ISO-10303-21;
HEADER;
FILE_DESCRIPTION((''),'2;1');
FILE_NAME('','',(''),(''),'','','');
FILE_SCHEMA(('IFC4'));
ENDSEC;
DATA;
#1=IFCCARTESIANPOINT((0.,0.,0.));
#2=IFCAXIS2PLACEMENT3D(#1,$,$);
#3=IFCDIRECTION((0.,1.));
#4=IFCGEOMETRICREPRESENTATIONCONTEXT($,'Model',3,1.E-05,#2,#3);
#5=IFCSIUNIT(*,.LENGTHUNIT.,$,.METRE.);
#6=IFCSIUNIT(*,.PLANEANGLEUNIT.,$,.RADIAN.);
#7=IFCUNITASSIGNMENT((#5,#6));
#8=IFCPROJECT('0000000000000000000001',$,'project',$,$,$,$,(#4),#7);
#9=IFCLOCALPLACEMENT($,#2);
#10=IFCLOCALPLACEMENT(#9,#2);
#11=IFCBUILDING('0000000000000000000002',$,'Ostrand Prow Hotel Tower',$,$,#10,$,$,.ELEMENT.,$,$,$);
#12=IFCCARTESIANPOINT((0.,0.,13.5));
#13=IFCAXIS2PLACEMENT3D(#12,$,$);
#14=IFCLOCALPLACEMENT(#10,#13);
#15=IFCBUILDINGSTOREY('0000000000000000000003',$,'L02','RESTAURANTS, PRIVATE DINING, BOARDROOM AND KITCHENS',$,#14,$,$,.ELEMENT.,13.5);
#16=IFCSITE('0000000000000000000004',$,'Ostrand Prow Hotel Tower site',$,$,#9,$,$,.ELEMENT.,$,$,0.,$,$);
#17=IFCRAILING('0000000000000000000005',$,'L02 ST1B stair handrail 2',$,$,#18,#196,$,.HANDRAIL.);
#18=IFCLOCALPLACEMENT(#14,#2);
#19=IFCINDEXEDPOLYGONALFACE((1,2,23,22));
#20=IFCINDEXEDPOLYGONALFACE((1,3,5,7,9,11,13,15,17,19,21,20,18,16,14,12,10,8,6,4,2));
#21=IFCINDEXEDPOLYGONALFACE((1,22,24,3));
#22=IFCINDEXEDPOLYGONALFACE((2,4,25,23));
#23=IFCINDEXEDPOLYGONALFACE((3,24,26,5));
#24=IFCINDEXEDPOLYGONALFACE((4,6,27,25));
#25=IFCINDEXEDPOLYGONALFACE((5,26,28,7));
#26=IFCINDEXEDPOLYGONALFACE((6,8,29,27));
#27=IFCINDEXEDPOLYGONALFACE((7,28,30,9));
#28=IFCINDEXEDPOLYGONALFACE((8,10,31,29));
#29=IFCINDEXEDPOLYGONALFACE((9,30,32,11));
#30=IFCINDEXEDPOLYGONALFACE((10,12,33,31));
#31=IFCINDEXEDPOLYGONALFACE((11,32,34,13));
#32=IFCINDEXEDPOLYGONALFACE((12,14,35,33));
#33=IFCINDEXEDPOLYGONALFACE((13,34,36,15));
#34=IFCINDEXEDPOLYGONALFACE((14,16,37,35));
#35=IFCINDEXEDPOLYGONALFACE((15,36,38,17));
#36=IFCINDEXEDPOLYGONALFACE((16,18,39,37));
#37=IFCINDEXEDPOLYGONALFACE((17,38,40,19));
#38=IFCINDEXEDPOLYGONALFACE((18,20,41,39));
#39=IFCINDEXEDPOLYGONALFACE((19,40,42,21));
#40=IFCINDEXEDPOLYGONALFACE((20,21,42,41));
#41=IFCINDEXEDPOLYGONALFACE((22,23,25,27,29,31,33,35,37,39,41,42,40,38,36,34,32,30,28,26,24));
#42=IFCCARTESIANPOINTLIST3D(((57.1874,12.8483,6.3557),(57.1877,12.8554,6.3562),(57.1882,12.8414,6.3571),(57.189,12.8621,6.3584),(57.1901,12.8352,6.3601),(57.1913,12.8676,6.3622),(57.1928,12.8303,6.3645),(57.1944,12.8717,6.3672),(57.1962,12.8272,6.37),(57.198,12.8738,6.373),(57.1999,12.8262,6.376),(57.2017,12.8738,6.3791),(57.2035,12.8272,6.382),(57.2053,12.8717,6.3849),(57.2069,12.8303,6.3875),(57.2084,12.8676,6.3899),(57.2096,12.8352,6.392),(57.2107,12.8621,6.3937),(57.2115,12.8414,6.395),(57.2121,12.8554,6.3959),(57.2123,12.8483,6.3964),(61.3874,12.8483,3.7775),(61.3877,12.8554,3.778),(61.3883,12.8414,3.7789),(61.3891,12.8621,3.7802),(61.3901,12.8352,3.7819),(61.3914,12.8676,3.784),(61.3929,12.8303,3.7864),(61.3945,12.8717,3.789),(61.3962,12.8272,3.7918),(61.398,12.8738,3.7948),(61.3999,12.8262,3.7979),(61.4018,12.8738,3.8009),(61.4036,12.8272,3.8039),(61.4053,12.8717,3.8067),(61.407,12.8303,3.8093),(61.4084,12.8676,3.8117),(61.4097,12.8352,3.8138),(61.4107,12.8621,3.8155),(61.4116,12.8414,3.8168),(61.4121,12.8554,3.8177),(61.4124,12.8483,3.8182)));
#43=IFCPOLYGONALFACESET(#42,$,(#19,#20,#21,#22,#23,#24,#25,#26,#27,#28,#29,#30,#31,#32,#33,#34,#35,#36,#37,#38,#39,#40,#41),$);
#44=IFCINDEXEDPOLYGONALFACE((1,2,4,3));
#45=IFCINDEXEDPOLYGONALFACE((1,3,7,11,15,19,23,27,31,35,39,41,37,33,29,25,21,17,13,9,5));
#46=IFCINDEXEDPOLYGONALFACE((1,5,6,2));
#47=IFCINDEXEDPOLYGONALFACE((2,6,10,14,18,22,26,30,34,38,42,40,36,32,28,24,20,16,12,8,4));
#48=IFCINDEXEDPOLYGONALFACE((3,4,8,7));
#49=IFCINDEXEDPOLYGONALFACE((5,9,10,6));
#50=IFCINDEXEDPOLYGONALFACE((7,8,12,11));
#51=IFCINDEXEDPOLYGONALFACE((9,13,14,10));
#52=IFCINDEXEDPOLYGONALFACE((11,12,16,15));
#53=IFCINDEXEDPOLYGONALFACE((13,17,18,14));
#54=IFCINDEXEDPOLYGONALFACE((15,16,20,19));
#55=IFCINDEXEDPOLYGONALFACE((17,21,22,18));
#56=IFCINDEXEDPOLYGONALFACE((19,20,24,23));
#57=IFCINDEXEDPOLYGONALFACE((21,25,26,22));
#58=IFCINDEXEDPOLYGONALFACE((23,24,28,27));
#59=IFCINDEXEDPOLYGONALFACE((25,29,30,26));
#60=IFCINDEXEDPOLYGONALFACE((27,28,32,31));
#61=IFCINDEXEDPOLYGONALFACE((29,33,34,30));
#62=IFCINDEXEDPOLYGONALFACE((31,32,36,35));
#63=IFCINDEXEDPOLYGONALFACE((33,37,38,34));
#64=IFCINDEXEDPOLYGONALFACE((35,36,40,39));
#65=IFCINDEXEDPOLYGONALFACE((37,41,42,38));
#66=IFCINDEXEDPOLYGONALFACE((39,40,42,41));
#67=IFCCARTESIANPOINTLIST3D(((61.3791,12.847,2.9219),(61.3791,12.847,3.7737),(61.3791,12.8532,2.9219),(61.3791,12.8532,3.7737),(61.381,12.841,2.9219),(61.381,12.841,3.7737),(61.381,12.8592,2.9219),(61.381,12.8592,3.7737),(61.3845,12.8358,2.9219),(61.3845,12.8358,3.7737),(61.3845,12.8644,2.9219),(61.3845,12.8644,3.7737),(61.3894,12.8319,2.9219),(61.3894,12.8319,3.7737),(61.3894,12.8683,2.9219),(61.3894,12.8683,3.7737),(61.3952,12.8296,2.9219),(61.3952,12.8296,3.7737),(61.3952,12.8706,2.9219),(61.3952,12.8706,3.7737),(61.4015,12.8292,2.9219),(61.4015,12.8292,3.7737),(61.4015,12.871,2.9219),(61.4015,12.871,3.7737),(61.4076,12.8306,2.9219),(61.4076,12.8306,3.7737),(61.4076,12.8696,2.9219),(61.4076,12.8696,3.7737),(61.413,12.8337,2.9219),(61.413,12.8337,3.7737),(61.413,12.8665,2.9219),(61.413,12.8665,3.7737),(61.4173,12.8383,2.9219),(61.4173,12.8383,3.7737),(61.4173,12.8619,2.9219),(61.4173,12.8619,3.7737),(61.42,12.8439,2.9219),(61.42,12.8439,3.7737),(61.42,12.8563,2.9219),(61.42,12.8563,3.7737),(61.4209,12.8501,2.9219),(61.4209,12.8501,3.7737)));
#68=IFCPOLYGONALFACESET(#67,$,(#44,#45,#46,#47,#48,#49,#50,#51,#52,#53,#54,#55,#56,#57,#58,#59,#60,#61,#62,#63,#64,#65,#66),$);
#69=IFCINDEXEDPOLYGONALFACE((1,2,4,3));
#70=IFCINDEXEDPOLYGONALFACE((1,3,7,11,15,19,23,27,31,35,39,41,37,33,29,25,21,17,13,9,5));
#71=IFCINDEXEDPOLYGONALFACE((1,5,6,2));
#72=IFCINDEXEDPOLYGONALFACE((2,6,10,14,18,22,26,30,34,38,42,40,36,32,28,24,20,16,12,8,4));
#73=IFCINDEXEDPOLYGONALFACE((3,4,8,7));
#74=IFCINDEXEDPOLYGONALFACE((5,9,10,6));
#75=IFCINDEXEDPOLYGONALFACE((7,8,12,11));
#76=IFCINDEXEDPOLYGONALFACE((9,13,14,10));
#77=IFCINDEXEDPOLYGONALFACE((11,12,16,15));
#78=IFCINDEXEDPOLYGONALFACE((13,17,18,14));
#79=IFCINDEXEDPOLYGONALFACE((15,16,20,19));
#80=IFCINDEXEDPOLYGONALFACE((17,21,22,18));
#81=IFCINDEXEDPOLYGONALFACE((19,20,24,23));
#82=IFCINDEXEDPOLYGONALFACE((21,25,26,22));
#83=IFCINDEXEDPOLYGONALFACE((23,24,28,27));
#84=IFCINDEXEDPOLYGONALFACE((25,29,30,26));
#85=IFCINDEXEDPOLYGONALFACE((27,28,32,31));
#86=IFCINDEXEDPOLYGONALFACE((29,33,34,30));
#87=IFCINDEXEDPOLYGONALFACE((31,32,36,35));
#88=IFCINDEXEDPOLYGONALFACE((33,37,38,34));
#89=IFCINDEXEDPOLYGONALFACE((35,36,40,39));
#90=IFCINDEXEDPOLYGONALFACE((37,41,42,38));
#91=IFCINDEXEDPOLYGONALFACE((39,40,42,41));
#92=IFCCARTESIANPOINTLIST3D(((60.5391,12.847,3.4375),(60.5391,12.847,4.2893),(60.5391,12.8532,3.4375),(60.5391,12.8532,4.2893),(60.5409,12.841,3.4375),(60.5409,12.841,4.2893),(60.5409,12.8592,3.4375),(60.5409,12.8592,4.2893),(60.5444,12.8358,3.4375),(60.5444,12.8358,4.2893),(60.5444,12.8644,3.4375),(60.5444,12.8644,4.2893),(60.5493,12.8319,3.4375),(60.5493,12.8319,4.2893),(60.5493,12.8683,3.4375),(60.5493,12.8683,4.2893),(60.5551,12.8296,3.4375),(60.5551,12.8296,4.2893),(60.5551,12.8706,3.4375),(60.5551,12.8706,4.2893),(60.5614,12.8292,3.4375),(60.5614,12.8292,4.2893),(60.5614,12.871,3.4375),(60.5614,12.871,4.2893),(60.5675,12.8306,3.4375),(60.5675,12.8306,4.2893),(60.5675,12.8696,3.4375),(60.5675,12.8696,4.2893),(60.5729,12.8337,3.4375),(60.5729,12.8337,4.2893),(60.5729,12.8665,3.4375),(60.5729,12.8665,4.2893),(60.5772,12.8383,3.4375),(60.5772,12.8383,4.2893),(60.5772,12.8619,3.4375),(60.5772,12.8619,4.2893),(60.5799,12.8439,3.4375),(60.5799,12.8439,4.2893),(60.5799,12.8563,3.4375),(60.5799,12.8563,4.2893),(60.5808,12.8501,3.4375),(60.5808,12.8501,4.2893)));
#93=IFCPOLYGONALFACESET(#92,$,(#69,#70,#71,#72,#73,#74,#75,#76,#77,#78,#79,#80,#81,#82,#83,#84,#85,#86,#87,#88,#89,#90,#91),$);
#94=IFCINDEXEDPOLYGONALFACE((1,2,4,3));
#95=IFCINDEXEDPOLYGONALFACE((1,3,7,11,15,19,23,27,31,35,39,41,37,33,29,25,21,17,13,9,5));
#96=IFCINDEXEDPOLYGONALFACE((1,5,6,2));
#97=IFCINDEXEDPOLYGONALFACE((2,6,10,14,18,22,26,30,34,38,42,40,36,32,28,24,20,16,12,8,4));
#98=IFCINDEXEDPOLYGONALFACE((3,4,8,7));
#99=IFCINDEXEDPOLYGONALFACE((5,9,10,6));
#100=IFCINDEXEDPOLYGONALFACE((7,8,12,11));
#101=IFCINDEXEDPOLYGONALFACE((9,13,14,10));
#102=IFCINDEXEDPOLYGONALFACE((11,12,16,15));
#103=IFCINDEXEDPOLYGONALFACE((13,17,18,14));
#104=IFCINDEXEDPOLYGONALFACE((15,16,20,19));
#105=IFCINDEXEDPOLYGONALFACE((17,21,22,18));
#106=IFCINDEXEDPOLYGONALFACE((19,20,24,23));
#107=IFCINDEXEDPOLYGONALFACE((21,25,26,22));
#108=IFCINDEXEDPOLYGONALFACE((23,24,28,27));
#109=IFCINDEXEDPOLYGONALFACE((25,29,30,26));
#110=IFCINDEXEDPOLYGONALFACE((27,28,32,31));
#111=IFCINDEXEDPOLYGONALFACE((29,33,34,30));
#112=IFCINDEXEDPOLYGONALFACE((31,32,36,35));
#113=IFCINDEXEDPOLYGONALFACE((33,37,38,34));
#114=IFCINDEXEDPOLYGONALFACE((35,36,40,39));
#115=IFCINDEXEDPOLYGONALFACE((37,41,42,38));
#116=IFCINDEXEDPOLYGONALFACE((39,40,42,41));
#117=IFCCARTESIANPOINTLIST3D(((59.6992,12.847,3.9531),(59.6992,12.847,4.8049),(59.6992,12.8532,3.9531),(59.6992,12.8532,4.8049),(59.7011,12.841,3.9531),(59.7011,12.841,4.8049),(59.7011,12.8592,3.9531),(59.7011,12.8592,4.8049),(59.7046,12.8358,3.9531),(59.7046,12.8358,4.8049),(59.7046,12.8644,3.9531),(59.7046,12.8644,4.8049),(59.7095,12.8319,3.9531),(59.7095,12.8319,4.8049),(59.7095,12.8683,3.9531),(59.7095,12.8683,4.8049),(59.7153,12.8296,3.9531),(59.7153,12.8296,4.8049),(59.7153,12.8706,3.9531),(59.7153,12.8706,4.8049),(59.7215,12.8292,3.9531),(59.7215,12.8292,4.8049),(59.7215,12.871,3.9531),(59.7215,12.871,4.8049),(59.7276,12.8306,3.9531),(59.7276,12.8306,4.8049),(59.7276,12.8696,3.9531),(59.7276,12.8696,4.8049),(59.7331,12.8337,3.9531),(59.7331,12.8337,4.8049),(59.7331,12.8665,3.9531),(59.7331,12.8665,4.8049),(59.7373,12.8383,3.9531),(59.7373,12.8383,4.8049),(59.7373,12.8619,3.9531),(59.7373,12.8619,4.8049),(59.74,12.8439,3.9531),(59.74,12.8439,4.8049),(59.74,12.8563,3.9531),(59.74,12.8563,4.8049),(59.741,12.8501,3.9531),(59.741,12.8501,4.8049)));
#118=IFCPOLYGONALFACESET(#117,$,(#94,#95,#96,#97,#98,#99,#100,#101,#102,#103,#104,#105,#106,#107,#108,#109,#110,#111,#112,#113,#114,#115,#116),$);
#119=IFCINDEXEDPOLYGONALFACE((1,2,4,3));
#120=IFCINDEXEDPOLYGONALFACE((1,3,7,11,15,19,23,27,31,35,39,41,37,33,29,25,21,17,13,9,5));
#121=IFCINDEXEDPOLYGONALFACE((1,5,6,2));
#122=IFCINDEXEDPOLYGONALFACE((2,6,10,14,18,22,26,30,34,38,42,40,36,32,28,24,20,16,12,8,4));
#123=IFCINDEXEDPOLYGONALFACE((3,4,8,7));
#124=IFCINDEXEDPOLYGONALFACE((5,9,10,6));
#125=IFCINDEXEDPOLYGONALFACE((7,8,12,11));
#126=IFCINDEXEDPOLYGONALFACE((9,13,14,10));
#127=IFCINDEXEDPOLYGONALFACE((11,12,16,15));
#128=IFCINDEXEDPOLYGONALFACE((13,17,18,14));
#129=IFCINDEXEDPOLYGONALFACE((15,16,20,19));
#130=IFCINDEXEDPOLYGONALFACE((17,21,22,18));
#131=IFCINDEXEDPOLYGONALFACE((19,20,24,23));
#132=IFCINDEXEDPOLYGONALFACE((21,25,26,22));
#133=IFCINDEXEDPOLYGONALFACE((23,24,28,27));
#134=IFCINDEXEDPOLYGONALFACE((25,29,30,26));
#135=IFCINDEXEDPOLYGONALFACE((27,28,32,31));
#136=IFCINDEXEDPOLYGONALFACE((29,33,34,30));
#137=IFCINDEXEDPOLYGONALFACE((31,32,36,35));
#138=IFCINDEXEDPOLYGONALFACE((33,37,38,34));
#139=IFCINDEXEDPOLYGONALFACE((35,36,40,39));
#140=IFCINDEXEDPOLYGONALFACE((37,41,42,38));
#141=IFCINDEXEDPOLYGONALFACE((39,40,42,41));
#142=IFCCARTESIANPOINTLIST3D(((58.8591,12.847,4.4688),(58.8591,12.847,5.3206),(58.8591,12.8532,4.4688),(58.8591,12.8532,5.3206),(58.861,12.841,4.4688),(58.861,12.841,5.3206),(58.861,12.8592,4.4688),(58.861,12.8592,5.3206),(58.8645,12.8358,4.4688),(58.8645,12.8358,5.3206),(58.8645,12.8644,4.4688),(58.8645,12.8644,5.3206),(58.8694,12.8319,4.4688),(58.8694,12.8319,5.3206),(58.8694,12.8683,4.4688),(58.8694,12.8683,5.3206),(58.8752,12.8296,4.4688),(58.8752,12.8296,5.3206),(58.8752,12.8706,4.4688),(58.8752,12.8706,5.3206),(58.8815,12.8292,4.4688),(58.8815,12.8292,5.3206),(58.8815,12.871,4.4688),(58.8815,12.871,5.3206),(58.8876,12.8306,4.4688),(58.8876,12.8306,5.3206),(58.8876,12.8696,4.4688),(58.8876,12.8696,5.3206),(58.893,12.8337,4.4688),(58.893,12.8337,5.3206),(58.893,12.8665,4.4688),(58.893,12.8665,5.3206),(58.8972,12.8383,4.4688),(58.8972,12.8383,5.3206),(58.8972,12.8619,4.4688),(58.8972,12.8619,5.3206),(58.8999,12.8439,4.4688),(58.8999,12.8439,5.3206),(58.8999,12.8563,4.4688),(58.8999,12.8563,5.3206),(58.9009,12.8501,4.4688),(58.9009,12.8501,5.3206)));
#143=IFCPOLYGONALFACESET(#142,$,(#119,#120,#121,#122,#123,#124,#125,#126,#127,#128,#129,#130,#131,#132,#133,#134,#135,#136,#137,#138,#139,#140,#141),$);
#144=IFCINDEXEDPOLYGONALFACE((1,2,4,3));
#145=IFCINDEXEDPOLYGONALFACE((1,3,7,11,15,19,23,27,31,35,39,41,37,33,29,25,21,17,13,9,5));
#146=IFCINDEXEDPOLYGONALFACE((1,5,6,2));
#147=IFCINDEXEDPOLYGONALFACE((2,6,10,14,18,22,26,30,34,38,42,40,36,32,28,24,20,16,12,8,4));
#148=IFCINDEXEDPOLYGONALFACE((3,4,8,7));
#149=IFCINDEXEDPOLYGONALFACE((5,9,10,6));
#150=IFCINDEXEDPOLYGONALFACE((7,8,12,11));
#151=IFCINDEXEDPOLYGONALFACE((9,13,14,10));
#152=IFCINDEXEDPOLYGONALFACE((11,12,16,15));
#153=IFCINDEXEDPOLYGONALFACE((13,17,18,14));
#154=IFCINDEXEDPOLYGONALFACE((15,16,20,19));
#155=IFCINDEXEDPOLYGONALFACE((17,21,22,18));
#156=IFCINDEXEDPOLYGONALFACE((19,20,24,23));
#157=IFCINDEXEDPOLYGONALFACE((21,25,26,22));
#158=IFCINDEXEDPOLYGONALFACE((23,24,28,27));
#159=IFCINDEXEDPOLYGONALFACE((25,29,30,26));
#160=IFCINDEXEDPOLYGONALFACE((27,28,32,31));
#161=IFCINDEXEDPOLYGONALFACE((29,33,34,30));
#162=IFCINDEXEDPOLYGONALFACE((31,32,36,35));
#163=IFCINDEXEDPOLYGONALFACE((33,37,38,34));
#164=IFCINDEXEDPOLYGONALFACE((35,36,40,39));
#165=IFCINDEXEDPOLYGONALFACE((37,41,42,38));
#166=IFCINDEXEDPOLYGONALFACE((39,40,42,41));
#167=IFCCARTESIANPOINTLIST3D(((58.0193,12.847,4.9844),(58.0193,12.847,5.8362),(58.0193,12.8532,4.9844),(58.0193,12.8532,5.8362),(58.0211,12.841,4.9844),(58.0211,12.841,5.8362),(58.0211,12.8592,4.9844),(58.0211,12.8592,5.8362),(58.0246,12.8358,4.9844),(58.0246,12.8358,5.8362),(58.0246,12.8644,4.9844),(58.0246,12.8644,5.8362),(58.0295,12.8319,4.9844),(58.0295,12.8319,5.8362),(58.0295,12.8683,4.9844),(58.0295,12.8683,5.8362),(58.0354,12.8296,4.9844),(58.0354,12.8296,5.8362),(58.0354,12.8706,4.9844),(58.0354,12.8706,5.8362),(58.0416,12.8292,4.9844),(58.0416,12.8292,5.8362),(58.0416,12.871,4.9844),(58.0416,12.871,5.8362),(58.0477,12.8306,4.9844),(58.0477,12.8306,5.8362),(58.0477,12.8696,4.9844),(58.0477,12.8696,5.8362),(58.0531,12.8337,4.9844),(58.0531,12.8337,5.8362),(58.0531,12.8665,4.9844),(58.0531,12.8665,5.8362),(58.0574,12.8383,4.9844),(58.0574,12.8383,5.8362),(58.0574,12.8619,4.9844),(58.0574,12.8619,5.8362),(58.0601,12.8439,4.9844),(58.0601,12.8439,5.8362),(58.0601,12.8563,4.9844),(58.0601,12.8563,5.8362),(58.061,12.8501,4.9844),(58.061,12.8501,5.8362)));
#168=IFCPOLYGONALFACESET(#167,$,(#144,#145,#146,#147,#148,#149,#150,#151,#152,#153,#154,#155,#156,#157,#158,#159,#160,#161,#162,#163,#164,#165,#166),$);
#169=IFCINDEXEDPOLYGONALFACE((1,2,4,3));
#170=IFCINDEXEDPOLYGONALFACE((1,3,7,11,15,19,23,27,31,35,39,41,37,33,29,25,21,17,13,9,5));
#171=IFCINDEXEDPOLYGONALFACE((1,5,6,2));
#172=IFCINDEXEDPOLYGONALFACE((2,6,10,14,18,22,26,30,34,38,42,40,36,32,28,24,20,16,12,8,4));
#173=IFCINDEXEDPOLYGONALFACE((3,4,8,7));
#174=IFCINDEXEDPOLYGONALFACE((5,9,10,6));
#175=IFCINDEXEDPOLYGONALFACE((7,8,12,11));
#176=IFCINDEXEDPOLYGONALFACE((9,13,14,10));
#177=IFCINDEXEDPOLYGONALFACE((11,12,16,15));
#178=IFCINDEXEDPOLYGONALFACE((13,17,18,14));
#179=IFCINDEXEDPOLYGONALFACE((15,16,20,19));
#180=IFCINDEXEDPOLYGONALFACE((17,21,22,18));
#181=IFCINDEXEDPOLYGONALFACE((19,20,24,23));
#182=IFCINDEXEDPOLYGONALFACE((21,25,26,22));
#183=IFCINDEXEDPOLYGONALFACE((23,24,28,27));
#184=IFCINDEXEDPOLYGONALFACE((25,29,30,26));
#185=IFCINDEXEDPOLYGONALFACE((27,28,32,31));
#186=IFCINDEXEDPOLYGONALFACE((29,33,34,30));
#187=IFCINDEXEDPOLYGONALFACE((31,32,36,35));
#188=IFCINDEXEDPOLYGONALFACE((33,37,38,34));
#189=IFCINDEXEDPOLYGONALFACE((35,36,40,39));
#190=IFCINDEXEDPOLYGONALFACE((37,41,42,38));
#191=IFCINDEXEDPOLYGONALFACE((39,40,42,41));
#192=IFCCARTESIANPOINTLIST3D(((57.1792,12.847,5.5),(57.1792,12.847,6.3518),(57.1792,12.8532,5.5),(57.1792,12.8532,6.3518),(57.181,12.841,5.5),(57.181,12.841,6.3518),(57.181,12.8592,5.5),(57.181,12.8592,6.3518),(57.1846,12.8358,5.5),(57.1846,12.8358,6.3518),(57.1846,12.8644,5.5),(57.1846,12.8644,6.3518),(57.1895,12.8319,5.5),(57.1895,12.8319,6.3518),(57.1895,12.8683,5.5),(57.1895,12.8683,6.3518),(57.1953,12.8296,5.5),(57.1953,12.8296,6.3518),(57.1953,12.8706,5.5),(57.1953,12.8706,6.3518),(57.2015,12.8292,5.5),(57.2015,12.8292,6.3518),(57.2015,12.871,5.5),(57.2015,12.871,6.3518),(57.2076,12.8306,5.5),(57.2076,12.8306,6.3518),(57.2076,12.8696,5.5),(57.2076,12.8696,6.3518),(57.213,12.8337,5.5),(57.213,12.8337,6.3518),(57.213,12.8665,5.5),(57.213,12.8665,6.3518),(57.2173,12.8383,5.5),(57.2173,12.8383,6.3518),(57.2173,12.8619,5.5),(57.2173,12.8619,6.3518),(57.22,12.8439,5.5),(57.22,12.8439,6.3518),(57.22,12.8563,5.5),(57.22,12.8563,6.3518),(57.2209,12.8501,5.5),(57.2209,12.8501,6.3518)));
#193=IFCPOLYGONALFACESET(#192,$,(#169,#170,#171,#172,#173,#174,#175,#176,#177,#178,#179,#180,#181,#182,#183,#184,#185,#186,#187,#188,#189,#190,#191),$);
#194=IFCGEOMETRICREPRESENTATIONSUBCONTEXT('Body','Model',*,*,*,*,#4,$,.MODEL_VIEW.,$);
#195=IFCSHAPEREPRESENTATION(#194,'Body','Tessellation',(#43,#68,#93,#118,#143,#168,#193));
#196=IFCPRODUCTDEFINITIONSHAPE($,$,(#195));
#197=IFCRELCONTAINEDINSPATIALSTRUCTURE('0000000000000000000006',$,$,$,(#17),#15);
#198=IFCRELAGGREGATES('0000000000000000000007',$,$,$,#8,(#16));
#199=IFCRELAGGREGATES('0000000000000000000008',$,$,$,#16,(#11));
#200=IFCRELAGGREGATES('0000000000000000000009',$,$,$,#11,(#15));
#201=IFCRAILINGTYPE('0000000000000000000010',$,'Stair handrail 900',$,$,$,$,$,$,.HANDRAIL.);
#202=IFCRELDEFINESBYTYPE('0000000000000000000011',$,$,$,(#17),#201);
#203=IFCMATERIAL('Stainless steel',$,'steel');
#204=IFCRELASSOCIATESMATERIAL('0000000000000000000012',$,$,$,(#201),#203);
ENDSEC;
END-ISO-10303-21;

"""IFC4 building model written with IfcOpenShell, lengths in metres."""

from ifc_helpers import new_model, si_unit, direction, frame, origin, origin_2d, place, context, subcontext, project, spatial, circle, extrude, material, type_object, element, save


model = new_model("IFC4")

# Units and contexts
model_context = context("Model", 3, precision=1e-05, world=origin(), true_north=direction((0.0, 1.0)))
body_context = subcontext(model_context, "Body", "Model", "MODEL_VIEW")
ifc_project = project(units=[si_unit("LENGTHUNIT", "METRE"), si_unit("PLANEANGLEUNIT", "RADIAN")], contexts=[model_context])

# Site, building, storey
site_placement = place(None, origin())
site = spatial("IfcSite", under=ifc_project, at=site_placement, Name="Ostrand Prow Hotel Tower site", CompositionType="ELEMENT", RefElevation=0.0)
building_placement = place(site_placement, origin())
building = spatial("IfcBuilding", under=site, at=building_placement, Name="Ostrand Prow Hotel Tower", CompositionType="ELEMENT")
storey_placement = place(building_placement, frame((0.0, 0.0, 13.5)))
storey = spatial("IfcBuildingStorey", under=building, at=storey_placement, Name="L02", Description="RESTAURANTS, PRIVATE DINING, BOARDROOM AND KITCHENS", CompositionType="ELEMENT", Elevation=13.5)

# Railing
ifc_material_1 = material(Name="Stainless steel", Category="steel")
railing_type_1 = type_object("IfcRailingType", Name="Stair handrail 900", PredefinedType="HANDRAIL", material=ifc_material_1)
railing_1_placement = place(storey_placement, frame((61.3999, 12.8501, 2.9219)))
element("IfcRailing", 1, at=railing_1_placement, inside=storey, type_object=railing_type_1, Name="L02 ST1B stair handrail 2", PredefinedType="HANDRAIL", context=body_context, shape_type="SweptSolid", body=[
    extrude(circle(Radius=0.0239, at=origin_2d()), frame((0.0, 0.0, 0.876), z_axis=(-0.852243, 0.0, 0.523146), x_axis=(0.0, -1.0, 0.0)), (0.0, 0.0, 1.0), 4.9282),
    extrude(circle(Radius=0.021, at=origin_2d()), origin(), (0.0, 0.0, 1.0), 0.8518),
    extrude(circle(Radius=0.021, at=origin_2d()), frame((-0.8401, 0.0, 0.5156)), (0.0, 0.0, 1.0), 0.8518),
    extrude(circle(Radius=0.021, at=origin_2d()), frame((-1.6799, 0.0, 1.0312)), (0.0, 0.0, 1.0), 0.8518),
    extrude(circle(Radius=0.021, at=origin_2d()), frame((-2.52, 0.0, 1.5469)), (0.0, 0.0, 1.0), 0.8518),
    extrude(circle(Radius=0.021, at=origin_2d()), frame((-3.3599, 0.0, 2.0625)), (0.0, 0.0, 1.0), 0.8518),
    extrude(circle(Radius=0.021, at=origin_2d()), frame((-4.2, 0.0, 2.5781)), (0.0, 0.0, 1.0), 0.8518),
])

save(model, "model.ifc")
